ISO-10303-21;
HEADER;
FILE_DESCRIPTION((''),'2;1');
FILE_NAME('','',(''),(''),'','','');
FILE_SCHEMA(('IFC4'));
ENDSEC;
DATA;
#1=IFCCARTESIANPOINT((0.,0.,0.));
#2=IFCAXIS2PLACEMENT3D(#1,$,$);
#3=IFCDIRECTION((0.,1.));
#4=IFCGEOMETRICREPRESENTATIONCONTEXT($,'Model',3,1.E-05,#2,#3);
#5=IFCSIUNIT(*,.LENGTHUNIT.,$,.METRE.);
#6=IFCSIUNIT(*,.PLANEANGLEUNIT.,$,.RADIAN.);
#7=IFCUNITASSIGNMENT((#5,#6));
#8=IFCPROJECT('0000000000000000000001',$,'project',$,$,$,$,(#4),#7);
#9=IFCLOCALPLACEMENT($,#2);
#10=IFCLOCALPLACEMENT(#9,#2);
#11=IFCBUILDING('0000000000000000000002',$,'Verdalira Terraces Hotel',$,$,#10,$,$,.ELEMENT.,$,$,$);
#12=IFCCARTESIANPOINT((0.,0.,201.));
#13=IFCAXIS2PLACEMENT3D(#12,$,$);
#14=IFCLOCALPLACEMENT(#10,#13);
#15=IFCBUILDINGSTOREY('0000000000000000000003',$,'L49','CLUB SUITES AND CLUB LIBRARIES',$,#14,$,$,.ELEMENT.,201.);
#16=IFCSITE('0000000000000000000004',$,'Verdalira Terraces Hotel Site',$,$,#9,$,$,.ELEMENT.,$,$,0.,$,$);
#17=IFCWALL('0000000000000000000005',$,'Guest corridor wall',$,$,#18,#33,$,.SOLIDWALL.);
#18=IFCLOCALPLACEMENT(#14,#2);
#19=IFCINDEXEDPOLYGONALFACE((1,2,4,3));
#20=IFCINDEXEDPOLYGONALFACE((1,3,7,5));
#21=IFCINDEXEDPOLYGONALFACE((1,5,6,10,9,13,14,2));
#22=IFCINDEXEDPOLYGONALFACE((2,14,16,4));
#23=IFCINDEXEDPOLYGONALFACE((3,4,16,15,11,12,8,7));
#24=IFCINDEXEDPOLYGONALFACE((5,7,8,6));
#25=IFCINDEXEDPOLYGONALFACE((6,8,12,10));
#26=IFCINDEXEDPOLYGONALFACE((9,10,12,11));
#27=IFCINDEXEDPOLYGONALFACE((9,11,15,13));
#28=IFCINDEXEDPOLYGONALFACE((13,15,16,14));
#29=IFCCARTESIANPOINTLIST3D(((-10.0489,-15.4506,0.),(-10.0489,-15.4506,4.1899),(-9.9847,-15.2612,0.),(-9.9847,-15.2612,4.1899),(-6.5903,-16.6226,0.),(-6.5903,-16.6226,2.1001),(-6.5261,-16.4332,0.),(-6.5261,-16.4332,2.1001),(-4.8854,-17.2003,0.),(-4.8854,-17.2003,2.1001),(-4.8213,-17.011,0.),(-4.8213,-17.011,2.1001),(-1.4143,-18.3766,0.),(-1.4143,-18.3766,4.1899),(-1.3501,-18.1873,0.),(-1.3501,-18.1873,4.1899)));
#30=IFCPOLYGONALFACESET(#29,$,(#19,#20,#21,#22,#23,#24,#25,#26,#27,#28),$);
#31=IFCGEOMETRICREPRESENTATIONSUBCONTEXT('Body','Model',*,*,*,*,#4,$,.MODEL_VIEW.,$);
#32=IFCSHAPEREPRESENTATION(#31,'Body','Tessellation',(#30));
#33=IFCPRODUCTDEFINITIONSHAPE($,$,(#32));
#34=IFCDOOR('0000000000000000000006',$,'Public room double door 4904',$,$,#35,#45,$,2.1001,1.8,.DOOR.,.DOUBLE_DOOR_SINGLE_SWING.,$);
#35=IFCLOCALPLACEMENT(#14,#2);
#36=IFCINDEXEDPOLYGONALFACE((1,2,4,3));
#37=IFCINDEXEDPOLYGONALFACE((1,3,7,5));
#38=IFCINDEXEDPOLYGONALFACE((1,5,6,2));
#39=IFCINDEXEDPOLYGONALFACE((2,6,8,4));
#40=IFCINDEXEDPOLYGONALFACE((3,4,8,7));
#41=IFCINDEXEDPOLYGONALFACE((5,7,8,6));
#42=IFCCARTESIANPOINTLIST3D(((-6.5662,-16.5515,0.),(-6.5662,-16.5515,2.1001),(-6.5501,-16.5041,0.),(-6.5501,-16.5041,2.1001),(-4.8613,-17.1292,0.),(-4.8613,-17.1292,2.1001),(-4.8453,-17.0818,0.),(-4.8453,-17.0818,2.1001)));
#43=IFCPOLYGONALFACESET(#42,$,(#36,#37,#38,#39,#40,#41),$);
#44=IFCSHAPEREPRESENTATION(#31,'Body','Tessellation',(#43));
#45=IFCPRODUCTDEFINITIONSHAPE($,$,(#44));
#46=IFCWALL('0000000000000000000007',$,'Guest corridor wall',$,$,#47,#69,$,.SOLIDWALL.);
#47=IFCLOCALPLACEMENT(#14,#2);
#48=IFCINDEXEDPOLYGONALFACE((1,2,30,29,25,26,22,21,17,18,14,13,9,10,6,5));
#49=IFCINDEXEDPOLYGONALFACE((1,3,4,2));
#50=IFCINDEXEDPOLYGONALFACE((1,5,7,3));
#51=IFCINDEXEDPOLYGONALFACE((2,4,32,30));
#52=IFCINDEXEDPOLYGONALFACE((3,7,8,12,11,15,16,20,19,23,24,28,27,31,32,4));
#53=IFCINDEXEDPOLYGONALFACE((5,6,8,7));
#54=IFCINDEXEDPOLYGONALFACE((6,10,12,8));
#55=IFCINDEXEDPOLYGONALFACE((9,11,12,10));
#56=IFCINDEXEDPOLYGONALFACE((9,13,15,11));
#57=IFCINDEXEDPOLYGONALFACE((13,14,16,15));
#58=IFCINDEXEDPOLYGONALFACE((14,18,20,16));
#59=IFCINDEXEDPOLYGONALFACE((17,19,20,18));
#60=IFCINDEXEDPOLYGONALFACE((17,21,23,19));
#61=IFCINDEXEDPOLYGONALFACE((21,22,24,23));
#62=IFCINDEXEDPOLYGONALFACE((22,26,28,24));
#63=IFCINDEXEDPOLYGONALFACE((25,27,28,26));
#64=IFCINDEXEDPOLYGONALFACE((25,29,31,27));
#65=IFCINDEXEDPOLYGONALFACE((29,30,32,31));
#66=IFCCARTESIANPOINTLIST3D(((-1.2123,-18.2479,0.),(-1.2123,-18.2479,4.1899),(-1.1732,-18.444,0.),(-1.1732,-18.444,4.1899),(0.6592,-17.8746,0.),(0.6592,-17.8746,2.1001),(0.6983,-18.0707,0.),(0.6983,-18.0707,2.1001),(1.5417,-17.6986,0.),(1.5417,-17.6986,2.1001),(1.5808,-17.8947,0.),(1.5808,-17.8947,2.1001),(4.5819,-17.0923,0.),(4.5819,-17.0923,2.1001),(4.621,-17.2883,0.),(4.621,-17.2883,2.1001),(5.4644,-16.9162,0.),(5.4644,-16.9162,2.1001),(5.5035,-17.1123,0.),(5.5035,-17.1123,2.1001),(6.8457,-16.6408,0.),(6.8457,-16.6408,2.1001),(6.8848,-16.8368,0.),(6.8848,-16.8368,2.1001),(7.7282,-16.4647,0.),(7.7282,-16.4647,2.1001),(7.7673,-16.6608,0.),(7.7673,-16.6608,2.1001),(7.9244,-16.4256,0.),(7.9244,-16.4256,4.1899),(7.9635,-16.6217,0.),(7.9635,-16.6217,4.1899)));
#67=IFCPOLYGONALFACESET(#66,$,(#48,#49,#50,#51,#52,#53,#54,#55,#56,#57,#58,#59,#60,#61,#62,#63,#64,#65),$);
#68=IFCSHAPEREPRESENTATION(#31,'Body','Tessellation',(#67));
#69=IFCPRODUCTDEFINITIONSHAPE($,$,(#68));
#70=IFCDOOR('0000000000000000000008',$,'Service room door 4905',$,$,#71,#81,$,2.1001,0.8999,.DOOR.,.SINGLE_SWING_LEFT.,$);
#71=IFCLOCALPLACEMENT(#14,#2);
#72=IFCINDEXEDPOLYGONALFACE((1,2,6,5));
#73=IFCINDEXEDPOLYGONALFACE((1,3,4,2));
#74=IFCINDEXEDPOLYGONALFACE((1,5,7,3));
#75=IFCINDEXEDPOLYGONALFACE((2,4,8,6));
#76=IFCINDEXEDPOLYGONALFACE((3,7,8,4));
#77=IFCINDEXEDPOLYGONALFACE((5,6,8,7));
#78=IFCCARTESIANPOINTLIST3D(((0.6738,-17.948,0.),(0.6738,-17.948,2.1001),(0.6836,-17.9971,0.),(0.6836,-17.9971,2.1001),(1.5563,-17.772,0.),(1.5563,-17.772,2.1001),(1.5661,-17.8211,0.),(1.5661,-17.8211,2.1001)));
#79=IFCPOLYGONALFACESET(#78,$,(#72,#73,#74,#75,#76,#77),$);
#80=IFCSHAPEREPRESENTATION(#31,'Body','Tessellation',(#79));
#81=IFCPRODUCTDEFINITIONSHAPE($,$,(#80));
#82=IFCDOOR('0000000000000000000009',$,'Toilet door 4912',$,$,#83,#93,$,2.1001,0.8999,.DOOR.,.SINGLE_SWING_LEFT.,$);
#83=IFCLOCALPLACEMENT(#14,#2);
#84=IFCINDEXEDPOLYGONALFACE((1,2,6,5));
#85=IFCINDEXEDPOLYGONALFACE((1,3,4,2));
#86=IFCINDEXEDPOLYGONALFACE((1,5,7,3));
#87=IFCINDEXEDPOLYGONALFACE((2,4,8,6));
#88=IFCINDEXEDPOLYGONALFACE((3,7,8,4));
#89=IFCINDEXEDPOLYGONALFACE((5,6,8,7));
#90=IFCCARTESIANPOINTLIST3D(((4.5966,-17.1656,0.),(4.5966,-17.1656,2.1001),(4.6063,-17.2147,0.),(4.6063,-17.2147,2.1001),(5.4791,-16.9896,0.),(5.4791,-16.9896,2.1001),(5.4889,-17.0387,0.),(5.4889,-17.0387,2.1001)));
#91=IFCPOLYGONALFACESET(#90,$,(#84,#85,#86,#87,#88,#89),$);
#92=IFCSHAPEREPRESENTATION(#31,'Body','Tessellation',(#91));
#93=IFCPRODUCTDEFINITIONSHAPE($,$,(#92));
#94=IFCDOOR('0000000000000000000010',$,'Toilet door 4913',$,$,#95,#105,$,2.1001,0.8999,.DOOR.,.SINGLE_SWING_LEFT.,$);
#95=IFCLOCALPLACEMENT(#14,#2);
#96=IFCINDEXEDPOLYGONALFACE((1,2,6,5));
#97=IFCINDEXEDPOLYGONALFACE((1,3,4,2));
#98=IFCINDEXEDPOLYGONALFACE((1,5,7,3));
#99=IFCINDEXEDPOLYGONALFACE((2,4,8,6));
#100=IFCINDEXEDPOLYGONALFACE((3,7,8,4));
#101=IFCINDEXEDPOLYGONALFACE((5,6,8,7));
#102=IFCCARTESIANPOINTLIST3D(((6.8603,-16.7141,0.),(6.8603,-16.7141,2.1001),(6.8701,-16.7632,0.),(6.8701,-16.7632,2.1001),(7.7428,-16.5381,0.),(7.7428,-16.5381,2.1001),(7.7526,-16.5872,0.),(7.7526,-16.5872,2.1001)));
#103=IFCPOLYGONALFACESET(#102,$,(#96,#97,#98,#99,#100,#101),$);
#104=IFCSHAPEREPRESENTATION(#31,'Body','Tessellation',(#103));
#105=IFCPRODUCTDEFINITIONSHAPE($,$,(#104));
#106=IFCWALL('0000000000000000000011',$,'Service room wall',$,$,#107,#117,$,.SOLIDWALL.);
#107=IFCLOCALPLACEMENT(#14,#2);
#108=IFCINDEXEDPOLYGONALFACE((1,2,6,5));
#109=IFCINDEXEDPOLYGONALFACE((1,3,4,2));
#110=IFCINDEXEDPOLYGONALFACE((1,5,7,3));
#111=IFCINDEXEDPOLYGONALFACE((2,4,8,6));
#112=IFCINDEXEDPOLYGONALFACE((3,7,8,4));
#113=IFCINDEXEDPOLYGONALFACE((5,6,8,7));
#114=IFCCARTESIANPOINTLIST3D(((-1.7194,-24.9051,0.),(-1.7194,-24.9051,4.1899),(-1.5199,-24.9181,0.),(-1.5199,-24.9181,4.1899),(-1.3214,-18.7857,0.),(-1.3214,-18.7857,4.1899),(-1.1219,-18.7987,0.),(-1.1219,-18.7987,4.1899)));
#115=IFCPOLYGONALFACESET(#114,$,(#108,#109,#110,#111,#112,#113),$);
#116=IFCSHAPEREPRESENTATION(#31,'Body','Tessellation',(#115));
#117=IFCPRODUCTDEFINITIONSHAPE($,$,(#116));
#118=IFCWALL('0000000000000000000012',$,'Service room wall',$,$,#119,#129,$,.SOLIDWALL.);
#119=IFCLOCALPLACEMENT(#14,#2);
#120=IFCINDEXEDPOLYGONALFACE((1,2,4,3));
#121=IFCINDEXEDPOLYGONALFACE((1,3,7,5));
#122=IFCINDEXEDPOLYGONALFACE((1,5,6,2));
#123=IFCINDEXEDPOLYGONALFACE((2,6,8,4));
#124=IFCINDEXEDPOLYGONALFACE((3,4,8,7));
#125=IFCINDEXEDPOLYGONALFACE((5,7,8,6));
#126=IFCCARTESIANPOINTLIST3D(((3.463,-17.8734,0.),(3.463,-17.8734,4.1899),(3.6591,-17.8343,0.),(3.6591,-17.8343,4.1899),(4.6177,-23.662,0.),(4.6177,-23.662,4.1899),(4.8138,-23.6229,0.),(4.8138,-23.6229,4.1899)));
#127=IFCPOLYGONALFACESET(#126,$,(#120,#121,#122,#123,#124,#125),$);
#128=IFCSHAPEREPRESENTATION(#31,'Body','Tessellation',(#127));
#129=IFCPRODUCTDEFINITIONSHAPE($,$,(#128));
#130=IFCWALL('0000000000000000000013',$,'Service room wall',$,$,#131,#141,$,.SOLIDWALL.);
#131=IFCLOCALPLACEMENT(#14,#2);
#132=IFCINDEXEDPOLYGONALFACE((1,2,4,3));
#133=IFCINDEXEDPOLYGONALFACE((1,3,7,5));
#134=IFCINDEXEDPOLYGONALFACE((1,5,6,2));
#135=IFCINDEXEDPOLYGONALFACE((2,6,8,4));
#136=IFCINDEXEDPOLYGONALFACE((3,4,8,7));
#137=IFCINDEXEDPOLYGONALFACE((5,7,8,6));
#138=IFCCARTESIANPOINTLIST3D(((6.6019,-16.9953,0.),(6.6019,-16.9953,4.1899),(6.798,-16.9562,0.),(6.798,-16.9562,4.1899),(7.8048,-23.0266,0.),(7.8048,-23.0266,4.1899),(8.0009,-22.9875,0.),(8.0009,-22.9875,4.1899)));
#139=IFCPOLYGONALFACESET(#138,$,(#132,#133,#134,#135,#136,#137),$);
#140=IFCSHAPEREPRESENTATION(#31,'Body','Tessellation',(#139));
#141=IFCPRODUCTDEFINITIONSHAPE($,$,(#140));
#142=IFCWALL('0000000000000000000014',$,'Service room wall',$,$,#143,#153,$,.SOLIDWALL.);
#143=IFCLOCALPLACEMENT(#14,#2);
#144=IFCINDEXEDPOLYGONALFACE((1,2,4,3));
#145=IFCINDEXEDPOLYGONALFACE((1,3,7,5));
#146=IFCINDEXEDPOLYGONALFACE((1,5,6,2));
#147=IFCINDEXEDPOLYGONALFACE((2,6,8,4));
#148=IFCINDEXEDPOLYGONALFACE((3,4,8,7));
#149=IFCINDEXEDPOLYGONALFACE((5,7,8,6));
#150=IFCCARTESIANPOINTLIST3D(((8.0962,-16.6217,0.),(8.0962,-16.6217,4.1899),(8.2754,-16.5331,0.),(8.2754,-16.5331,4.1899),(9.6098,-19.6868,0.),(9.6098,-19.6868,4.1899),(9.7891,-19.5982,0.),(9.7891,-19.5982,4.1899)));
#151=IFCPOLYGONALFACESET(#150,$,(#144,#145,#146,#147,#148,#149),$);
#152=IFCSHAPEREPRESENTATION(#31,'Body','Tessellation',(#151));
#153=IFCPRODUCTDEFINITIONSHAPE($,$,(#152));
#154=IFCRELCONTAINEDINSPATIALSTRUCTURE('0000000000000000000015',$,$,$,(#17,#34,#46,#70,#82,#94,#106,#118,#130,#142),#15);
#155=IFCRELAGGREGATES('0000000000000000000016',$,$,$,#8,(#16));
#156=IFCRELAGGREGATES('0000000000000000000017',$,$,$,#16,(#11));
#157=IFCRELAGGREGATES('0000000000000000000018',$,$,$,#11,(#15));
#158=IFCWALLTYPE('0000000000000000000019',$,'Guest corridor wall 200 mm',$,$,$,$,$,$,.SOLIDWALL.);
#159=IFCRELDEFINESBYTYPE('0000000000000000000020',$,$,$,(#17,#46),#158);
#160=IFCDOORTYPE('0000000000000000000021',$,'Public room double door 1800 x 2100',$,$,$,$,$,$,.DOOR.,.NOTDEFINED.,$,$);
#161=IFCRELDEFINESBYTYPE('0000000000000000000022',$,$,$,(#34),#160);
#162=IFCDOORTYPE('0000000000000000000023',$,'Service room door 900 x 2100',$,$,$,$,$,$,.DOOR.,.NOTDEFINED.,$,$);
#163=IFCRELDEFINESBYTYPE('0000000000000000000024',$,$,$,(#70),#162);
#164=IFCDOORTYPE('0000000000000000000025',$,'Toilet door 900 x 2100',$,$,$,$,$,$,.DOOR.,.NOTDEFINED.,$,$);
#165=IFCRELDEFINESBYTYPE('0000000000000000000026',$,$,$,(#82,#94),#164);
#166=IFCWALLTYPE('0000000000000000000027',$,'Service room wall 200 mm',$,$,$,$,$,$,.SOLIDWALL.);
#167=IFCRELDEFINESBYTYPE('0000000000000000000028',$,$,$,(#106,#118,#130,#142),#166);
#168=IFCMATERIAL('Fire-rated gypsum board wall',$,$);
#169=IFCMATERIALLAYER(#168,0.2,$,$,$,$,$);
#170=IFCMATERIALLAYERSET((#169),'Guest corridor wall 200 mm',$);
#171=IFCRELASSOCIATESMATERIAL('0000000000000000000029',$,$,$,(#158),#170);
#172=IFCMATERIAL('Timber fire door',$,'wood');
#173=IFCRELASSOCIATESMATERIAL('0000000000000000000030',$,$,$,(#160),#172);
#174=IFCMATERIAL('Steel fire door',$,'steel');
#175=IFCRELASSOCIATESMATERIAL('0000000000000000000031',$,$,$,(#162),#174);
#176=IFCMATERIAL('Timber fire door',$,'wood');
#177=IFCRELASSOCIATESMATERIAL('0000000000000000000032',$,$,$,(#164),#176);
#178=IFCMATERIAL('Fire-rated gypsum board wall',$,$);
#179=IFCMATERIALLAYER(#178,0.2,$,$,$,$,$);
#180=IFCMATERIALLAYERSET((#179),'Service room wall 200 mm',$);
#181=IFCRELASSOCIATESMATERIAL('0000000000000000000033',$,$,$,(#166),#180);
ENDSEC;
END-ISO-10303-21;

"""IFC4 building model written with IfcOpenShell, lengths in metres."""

from ifc_helpers import new_model, si_unit, direction, frame, frame_2d, origin, place, context, subcontext, project, spatial, rectangle, extrude, material, layer, layer_set, type_object, element, fill, save


model = new_model("IFC4")

# Units and contexts
model_context = context("Model", 3, precision=1e-05, world=origin(), true_north=direction((0.0, 1.0)))
body_context = subcontext(model_context, "Body", "Model", "MODEL_VIEW")
ifc_project = project(units=[si_unit("LENGTHUNIT", "METRE"), si_unit("PLANEANGLEUNIT", "RADIAN")], contexts=[model_context])

# Site, building, storey
site_placement = place(None, origin())
site = spatial("IfcSite", under=ifc_project, at=site_placement, Name="Verdalira Terraces Hotel Site", CompositionType="ELEMENT", RefElevation=0.0)
building_placement = place(site_placement, origin())
building = spatial("IfcBuilding", under=site, at=building_placement, Name="Verdalira Terraces Hotel", CompositionType="ELEMENT")
storey_placement = place(building_placement, frame((0.0, 0.0, 201.0)))
storey = spatial("IfcBuildingStorey", under=building, at=storey_placement, Name="L49", Description="CLUB SUITES AND CLUB LIBRARIES", CompositionType="ELEMENT", Elevation=201.0)

# Wall, opening, door
ifc_material_1 = material(Name="Fire-rated gypsum board wall")
ifc_layer_1 = layer(ifc_material_1, 0.2)
ifc_layer_set_1 = layer_set([ifc_layer_1], Name="Guest corridor wall 200 mm")
wall_type_1 = type_object("IfcWallType", Name="Guest corridor wall 200 mm", PredefinedType="SOLIDWALL", material=ifc_layer_set_1)
wall_1_placement = place(storey_placement, frame((-1.3821, -18.282, 0.0), z_axis=(0.0, 0.0, 1.0), x_axis=(-0.947097, 0.320948, 0.0)))
wall_1 = element("IfcWall", 1, at=wall_1_placement, inside=storey, type_object=wall_type_1, Name="Guest corridor wall", PredefinedType="SOLIDWALL", context=body_context, shape_type="SweptSolid", body=[
    extrude(rectangle(XDim=9.1169, YDim=0.2, at=frame_2d((4.5586, 0.0))), origin(), (0.0, 0.0, 1.0), 4.1899),
])
opening_1_placement = place(wall_1_placement, frame((3.6653, 0.0, 0.0)))
opening_1 = element("IfcOpeningElement", 2, at=opening_1_placement, cuts=wall_1, PredefinedType="OPENING", context=body_context, shape_type="SweptSolid", body=[
    extrude(rectangle(XDim=1.8, YDim=2.1001, at=frame_2d((0.8999, 1.05))), frame((0.0, 0.1099, 0.0), z_axis=(0.0, -1.0, 0.0), x_axis=(1.0, 0.0, 0.0)), (0.0, 0.0, 1.0), 0.22),
])
ifc_material_2 = material(Name="Timber fire door", Category="wood")
door_type_1 = type_object("IfcDoorType", Name="Public room double door 1800 x 2100", OperationType="NOTDEFINED", PredefinedType="DOOR", material=ifc_material_2)
door_1_placement = place(opening_1_placement, origin())
door_1 = element("IfcDoor", 3, at=door_1_placement, inside=storey, type_object=door_type_1, Name="Public room double door 4904", OperationType="DOUBLE_DOOR_SINGLE_SWING", OverallHeight=2.1001, OverallWidth=1.8, PredefinedType="DOOR", context=body_context, shape_type="SweptSolid", body=[
    extrude(rectangle(XDim=1.8, YDim=2.1001, at=frame_2d((0.8999, 1.05))), frame((0.0, 0.0249, 0.0), z_axis=(0.0, -1.0, 0.0), x_axis=(1.0, 0.0, 0.0)), (0.0, 0.0, 1.0), 0.05),
])
fill(opening_1, door_1)

# Wall, openings, doors
wall_2_placement = place(storey_placement, frame((7.9438, -16.5237, 0.0), z_axis=(0.0, 0.0, 1.0), x_axis=(-0.980685, -0.195592, 0.0)))
wall_2 = element("IfcWall", 4, at=wall_2_placement, inside=storey, type_object=wall_type_1, Name="Guest corridor wall", PredefinedType="SOLIDWALL", context=body_context, shape_type="SweptSolid", body=[
    extrude(rectangle(XDim=9.3166, YDim=0.2, at=frame_2d((4.6582, 0.0))), origin(), (0.0, 0.0, 1.0), 4.1899),
])
opening_2_placement = place(wall_2_placement, frame((6.5083, 0.0, 0.0)))
opening_2 = element("IfcOpeningElement", 5, at=opening_2_placement, cuts=wall_2, PredefinedType="OPENING", context=body_context, shape_type="SweptSolid", body=[
    extrude(rectangle(XDim=0.8999, YDim=2.1001, at=frame_2d((0.45, 1.05))), frame((0.0, 0.1099, 0.0), z_axis=(0.0, -1.0, 0.0), x_axis=(1.0, 0.0, 0.0)), (0.0, 0.0, 1.0), 0.22),
])
opening_3_placement = place(wall_2_placement, frame((2.5083, 0.0, 0.0)))
opening_3 = element("IfcOpeningElement", 6, at=opening_3_placement, cuts=wall_2, PredefinedType="OPENING", context=body_context, shape_type="SweptSolid", body=[
    extrude(rectangle(XDim=0.8999, YDim=2.1001, at=frame_2d((0.45, 1.05))), frame((0.0, 0.1099, 0.0), z_axis=(0.0, -1.0, 0.0), x_axis=(1.0, 0.0, 0.0)), (0.0, 0.0, 1.0), 0.22),
])
opening_4_placement = place(wall_2_placement, frame((0.2, 0.0, 0.0)))
opening_4 = element("IfcOpeningElement", 7, at=opening_4_placement, cuts=wall_2, PredefinedType="OPENING", context=body_context, shape_type="SweptSolid", body=[
    extrude(rectangle(XDim=0.8999, YDim=2.1001, at=frame_2d((0.45, 1.05))), frame((0.0, 0.1099, 0.0), z_axis=(0.0, -1.0, 0.0), x_axis=(1.0, 0.0, 0.0)), (0.0, 0.0, 1.0), 0.22),
])
ifc_material_3 = material(Name="Steel fire door", Category="steel")
door_type_2 = type_object("IfcDoorType", Name="Service room door 900 x 2100", OperationType="NOTDEFINED", PredefinedType="DOOR", material=ifc_material_3)
door_2_placement = place(opening_2_placement, origin())
door_2 = element("IfcDoor", 8, at=door_2_placement, inside=storey, type_object=door_type_2, Name="Service room door 4905", OperationType="SINGLE_SWING_LEFT", OverallHeight=2.1001, OverallWidth=0.8999, PredefinedType="DOOR", context=body_context, shape_type="SweptSolid", body=[
    extrude(rectangle(XDim=0.8999, YDim=2.1001, at=frame_2d((0.45, 1.05))), frame((0.0, 0.0249, 0.0), z_axis=(0.0, -1.0, 0.0), x_axis=(1.0, 0.0, 0.0)), (0.0, 0.0, 1.0), 0.05),
])
fill(opening_2, door_2)
ifc_material_4 = material(Name="Timber fire door", Category="wood")
door_type_3 = type_object("IfcDoorType", Name="Toilet door 900 x 2100", OperationType="NOTDEFINED", PredefinedType="DOOR", material=ifc_material_4)
door_3_placement = place(opening_3_placement, origin())
door_3 = element("IfcDoor", 9, at=door_3_placement, inside=storey, type_object=door_type_3, Name="Toilet door 4912", OperationType="SINGLE_SWING_LEFT", OverallHeight=2.1001, OverallWidth=0.8999, PredefinedType="DOOR", context=body_context, shape_type="SweptSolid", body=[
    extrude(rectangle(XDim=0.8999, YDim=2.1001, at=frame_2d((0.45, 1.05))), frame((0.0, 0.0249, 0.0), z_axis=(0.0, -1.0, 0.0), x_axis=(1.0, 0.0, 0.0)), (0.0, 0.0, 1.0), 0.05),
])
fill(opening_3, door_3)
door_4_placement = place(opening_4_placement, origin())
door_4 = element("IfcDoor", 10, at=door_4_placement, inside=storey, type_object=door_type_3, Name="Toilet door 4913", OperationType="SINGLE_SWING_LEFT", OverallHeight=2.1001, OverallWidth=0.8999, PredefinedType="DOOR", context=body_context, shape_type="SweptSolid", body=[
    extrude(rectangle(XDim=0.8999, YDim=2.1001, at=frame_2d((0.45, 1.05))), frame((0.0, 0.0249, 0.0), z_axis=(0.0, -1.0, 0.0), x_axis=(1.0, 0.0, 0.0)), (0.0, 0.0, 1.0), 0.05),
])
fill(opening_4, door_4)

# Walls
ifc_material_5 = material(Name="Fire-rated gypsum board wall")
ifc_layer_2 = layer(ifc_material_5, 0.2)
ifc_layer_set_2 = layer_set([ifc_layer_2], Name="Service room wall 200 mm")
wall_type_2 = type_object("IfcWallType", Name="Service room wall 200 mm", PredefinedType="SOLIDWALL", material=ifc_layer_set_2)
wall_3_placement = place(storey_placement, frame((-1.2217, -18.7922, 0.0), z_axis=(0.0, 0.0, 1.0), x_axis=(-0.064894, -0.997892, 0.0)))
element("IfcWall", 11, at=wall_3_placement, inside=storey, type_object=wall_type_2, Name="Service room wall", PredefinedType="SOLIDWALL", context=body_context, shape_type="SweptSolid", body=[
    extrude(rectangle(XDim=6.1323, YDim=0.2, at=frame_2d((3.0662, 0.0))), origin(), (0.0, 0.0, 1.0), 4.1899),
])
wall_4_placement = place(storey_placement, frame((3.561, -17.854, 0.0), z_axis=(0.0, 0.0, 1.0), x_axis=(0.195639, -0.980676, 0.0)))
element("IfcWall", 12, at=wall_4_placement, inside=storey, type_object=wall_type_2, Name="Service room wall", PredefinedType="SOLIDWALL", context=body_context, shape_type="SweptSolid", body=[
    extrude(rectangle(XDim=5.9026, YDim=0.2, at=frame_2d((2.9512, 0.0))), origin(), (0.0, 0.0, 1.0), 4.1899),
])
wall_5_placement = place(storey_placement, frame((6.7, -16.9756, 0.0), z_axis=(0.0, 0.0, 1.0), x_axis=(0.195589, -0.980686, 0.0)))
element("IfcWall", 13, at=wall_5_placement, inside=storey, type_object=wall_type_2, Name="Service room wall", PredefinedType="SOLIDWALL", context=body_context, shape_type="SweptSolid", body=[
    extrude(rectangle(XDim=6.1501, YDim=0.2, at=frame_2d((3.0752, 0.0))), origin(), (0.0, 0.0, 1.0), 4.1899),
])
wall_6_placement = place(storey_placement, frame((8.1858, -16.5774, 0.0), z_axis=(0.0, 0.0, 1.0), x_axis=(0.44278, -0.89663, 0.0)))
element("IfcWall", 14, at=wall_6_placement, inside=storey, type_object=wall_type_2, Name="Service room wall", PredefinedType="SOLIDWALL", context=body_context, shape_type="SweptSolid", body=[
    extrude(rectangle(XDim=3.4185, YDim=0.2, at=frame_2d((1.7092, 0.0))), origin(), (0.0, 0.0, 1.0), 4.1899),
])

save(model, "model.ifc")
